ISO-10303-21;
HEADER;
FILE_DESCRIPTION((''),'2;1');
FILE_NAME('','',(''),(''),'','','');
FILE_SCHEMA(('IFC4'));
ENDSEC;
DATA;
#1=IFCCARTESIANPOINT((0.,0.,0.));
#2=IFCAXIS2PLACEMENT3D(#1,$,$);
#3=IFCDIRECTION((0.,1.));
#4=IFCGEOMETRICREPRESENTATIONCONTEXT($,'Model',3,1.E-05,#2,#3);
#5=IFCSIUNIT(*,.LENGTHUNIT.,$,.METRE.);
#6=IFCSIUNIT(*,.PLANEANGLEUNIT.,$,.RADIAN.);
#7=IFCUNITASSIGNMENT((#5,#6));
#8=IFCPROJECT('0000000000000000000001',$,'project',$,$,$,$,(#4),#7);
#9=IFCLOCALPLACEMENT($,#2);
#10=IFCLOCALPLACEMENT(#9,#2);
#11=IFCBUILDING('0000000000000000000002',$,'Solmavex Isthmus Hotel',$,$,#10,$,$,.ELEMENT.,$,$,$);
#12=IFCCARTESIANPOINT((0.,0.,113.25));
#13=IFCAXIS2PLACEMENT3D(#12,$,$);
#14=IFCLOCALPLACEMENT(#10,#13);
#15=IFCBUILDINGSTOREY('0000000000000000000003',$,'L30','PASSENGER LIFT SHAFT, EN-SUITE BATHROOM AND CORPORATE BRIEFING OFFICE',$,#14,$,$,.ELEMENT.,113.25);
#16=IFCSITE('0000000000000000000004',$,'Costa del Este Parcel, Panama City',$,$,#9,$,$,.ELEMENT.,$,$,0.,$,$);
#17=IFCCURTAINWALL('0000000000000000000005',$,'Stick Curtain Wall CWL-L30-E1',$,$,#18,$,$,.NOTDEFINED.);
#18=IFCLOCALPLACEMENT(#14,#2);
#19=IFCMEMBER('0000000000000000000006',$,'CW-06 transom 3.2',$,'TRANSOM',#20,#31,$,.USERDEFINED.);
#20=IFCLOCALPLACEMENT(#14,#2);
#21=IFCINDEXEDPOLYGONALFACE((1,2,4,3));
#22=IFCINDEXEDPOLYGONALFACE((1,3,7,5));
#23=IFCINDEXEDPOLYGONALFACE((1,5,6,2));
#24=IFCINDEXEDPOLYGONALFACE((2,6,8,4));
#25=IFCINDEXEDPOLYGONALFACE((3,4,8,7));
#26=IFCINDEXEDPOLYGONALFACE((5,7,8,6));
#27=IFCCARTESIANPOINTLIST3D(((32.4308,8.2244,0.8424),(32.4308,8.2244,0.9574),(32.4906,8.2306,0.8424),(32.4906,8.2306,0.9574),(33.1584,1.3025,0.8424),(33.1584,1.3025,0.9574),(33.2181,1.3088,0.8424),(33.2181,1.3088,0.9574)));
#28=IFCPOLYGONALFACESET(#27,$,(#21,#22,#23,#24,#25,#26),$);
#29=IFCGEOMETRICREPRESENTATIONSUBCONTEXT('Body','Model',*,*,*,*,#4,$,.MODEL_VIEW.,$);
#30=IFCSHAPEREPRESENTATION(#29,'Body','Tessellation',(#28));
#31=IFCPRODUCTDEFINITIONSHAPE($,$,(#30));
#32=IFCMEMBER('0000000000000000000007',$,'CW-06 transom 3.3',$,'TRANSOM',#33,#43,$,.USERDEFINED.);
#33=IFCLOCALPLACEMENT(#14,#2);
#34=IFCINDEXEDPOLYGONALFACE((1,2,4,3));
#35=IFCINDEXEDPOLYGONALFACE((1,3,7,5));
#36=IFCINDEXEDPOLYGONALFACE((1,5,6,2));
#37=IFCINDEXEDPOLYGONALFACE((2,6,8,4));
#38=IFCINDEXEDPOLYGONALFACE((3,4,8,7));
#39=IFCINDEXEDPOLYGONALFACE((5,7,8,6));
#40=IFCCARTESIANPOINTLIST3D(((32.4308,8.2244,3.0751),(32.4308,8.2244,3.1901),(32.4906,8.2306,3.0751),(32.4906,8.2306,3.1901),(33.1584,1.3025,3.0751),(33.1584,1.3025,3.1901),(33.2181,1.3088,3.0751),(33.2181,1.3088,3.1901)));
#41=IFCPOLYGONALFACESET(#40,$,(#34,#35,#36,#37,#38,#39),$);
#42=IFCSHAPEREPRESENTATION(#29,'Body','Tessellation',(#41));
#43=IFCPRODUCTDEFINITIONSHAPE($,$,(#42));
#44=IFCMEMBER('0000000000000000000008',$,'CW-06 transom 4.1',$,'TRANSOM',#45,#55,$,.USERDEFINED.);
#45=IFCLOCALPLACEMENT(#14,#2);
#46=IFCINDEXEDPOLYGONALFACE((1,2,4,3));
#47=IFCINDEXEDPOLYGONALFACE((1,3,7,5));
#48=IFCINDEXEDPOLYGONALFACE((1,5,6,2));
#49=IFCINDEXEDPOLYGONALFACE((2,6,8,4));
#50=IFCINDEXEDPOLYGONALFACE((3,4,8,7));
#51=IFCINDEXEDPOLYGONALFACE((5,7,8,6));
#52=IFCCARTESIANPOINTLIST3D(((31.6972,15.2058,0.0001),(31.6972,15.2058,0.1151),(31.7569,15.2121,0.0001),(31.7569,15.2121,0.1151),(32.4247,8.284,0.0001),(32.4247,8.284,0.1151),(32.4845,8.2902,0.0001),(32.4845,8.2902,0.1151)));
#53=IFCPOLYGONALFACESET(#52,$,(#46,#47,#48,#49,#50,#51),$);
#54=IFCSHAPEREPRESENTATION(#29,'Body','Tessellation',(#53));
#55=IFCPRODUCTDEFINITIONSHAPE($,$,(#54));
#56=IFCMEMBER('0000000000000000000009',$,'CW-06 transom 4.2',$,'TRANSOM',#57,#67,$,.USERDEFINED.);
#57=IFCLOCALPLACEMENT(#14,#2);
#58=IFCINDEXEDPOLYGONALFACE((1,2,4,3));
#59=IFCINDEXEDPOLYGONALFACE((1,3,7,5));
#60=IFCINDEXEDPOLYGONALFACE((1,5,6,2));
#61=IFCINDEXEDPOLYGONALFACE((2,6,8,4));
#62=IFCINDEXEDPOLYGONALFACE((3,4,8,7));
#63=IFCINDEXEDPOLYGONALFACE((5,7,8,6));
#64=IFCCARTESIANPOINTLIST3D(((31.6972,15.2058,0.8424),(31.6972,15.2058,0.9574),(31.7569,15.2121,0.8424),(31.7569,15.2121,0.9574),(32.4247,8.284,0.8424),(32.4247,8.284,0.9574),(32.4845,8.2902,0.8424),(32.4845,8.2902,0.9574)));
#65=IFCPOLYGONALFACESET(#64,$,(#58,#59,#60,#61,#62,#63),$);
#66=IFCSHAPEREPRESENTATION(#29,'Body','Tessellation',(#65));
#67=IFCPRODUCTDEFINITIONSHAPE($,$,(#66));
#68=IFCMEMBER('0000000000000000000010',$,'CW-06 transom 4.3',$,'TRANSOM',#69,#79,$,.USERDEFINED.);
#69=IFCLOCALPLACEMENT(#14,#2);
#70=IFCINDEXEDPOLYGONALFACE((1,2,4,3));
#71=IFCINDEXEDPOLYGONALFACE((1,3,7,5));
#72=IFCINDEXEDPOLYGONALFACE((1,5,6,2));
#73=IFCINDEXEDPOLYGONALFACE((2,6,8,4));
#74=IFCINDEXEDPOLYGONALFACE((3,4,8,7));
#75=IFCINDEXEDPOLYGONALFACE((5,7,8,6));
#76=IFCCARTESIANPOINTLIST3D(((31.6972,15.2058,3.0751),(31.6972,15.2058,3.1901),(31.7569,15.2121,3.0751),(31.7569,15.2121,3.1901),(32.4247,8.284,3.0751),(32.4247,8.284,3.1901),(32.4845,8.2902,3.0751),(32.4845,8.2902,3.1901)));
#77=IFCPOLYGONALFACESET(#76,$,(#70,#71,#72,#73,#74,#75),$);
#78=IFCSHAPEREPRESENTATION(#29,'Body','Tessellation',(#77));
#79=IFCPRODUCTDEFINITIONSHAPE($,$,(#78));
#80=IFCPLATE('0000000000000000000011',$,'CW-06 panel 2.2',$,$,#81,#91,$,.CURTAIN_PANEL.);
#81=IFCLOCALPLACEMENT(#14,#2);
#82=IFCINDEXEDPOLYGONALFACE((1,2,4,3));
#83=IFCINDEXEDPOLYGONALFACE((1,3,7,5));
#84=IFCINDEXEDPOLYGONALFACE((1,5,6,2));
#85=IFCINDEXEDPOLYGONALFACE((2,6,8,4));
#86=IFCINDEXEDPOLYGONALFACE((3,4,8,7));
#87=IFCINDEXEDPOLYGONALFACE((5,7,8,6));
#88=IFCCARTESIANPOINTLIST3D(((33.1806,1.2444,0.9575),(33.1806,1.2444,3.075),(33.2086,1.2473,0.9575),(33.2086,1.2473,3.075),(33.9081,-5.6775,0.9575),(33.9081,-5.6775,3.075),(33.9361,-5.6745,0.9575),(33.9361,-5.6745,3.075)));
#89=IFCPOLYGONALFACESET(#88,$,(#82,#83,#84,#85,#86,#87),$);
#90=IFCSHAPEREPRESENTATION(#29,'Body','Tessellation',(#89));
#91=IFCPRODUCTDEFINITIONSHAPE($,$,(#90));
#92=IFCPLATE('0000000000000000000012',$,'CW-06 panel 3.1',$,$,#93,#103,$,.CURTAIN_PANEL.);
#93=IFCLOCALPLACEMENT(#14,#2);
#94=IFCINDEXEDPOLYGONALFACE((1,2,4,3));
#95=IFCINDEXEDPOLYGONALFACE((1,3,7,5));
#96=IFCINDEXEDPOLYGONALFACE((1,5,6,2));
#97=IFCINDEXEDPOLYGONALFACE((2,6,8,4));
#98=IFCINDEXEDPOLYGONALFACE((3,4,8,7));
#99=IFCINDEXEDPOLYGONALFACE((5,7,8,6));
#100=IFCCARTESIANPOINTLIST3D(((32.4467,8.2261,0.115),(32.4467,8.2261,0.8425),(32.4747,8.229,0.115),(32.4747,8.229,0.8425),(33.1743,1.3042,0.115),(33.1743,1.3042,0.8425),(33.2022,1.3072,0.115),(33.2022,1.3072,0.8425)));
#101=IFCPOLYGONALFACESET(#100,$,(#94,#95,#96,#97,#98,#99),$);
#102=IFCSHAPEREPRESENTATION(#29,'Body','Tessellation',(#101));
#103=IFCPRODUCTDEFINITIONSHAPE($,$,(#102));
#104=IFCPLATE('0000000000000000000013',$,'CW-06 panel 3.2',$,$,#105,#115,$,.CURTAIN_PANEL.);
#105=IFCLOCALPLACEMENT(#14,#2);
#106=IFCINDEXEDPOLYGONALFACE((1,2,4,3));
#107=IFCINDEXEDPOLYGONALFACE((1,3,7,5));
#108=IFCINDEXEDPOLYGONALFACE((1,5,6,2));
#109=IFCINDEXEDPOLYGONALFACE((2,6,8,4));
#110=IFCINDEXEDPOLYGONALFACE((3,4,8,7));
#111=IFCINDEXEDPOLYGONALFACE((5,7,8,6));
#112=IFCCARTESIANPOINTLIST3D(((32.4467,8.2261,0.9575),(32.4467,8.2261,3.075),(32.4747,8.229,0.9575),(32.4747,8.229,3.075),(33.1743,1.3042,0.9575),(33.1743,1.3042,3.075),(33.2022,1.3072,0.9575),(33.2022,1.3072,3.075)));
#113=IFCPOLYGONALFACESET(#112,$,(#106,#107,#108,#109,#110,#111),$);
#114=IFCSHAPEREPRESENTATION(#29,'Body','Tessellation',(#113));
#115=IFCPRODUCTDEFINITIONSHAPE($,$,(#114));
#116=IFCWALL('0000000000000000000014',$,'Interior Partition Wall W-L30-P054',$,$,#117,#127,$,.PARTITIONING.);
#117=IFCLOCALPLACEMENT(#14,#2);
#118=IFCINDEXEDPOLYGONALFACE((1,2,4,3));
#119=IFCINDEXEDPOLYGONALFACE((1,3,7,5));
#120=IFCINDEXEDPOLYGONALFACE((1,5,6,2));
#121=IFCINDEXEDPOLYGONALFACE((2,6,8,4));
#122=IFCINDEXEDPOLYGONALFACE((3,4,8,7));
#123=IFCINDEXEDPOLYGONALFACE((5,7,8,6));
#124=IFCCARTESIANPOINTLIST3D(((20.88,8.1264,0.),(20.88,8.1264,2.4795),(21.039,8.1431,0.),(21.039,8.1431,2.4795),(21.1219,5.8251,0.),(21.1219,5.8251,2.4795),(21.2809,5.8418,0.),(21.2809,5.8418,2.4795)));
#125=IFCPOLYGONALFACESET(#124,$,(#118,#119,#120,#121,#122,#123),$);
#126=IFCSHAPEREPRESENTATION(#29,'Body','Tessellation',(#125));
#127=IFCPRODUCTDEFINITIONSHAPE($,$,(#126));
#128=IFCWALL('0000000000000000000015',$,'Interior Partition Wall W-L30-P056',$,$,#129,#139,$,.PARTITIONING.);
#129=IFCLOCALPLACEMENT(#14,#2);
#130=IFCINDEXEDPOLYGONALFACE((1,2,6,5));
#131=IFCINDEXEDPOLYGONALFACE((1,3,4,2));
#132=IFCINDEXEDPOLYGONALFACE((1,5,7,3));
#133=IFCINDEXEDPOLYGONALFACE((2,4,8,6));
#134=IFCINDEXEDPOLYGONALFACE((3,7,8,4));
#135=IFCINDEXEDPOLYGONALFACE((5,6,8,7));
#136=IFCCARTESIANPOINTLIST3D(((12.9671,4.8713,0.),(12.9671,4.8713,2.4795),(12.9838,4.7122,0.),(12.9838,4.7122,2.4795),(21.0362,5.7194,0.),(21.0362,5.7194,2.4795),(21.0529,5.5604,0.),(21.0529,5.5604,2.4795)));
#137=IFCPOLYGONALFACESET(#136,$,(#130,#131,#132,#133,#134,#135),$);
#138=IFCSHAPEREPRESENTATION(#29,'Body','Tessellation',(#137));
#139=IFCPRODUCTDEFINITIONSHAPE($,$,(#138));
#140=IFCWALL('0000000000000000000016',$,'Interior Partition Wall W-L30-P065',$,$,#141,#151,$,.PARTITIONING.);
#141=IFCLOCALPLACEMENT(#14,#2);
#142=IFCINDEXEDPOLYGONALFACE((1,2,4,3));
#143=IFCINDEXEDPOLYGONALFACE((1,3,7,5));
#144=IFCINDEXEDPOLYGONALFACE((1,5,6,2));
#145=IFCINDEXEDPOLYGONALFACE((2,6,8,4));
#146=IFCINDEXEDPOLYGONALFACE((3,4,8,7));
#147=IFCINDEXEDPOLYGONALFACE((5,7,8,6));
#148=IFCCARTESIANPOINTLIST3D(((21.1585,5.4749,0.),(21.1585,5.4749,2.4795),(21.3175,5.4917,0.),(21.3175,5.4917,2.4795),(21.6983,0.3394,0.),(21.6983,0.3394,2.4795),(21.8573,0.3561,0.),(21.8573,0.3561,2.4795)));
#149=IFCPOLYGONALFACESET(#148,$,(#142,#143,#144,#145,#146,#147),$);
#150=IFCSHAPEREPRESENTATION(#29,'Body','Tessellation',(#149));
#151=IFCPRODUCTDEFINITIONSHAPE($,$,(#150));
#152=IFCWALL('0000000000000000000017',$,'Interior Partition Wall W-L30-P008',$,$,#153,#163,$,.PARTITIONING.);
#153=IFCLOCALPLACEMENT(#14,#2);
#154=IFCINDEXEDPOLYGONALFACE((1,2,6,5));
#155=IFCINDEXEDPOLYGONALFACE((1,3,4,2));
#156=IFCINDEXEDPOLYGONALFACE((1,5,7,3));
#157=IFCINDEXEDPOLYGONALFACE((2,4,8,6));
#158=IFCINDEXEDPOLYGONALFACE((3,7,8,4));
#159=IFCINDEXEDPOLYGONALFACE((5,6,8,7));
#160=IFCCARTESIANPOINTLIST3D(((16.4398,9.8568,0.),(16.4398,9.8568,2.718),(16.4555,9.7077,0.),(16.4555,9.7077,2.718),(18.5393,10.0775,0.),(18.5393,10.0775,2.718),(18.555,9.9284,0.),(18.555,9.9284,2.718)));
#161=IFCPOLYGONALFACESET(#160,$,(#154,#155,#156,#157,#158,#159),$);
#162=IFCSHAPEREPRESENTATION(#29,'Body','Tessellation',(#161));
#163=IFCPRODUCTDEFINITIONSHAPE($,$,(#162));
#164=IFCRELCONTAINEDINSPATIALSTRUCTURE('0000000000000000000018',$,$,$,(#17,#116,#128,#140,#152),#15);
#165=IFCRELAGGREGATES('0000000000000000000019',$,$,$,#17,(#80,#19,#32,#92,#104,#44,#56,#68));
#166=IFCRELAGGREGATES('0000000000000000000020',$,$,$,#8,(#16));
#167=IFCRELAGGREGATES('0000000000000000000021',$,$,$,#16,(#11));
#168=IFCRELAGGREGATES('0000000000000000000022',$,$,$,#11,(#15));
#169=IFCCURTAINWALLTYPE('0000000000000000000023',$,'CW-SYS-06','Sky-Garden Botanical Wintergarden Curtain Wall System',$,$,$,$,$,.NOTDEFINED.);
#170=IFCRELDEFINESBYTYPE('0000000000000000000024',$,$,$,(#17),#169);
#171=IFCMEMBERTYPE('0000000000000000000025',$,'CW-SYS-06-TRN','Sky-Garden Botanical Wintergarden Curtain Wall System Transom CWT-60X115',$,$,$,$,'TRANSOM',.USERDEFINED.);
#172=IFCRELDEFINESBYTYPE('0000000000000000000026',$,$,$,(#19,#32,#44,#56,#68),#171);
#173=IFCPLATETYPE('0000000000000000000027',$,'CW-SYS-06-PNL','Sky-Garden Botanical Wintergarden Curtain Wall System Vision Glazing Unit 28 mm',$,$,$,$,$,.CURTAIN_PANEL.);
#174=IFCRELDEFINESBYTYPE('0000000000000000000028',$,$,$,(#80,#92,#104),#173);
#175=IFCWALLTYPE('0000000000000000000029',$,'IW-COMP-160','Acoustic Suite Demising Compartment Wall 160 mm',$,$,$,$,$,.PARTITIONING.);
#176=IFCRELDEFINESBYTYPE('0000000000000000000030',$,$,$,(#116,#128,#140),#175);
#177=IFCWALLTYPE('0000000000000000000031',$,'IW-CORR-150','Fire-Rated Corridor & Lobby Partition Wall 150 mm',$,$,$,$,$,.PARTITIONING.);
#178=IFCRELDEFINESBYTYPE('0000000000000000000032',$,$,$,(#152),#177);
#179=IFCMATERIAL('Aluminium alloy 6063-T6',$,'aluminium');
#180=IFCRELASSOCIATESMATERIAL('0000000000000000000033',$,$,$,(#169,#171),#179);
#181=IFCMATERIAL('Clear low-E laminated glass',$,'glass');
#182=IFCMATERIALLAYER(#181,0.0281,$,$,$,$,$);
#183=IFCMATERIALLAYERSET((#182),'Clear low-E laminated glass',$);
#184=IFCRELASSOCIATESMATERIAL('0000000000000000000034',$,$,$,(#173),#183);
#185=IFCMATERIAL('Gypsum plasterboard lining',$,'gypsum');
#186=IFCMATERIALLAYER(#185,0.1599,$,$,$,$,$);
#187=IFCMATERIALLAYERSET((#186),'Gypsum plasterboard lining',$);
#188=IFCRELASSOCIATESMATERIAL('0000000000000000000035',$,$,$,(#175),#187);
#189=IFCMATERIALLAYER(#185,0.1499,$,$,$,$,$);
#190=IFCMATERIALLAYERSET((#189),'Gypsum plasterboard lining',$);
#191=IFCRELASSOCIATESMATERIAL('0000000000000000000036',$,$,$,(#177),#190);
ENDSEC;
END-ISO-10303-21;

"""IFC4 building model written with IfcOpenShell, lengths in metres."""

from ifc_helpers import new_model, si_unit, direction, frame, frame_2d, origin, origin_2d, place, context, subcontext, project, spatial, rectangle, extrude, material, layer, layer_set, material_profile, profile_set, type_object, element, aggregate, save


model = new_model("IFC4")

# Units and contexts
model_context = context("Model", 3, precision=1e-05, world=origin(), true_north=direction((0.0, 1.0)))
body_context = subcontext(model_context, "Body", "Model", "MODEL_VIEW")
ifc_project = project(units=[si_unit("LENGTHUNIT", "METRE"), si_unit("PLANEANGLEUNIT", "RADIAN")], contexts=[model_context])

# Site, building, storey
site_placement = place(None, origin())
site = spatial("IfcSite", under=ifc_project, at=site_placement, Name="Costa del Este Parcel, Panama City", CompositionType="ELEMENT", RefElevation=0.0)
building_placement = place(site_placement, origin())
building = spatial("IfcBuilding", under=site, at=building_placement, Name="Solmavex Isthmus Hotel", CompositionType="ELEMENT")
storey_placement = place(building_placement, frame((0.0, 0.0, 113.25)))
storey = spatial("IfcBuildingStorey", under=building, at=storey_placement, Name="L30", Description="PASSENGER LIFT SHAFT, EN-SUITE BATHROOM AND CORPORATE BRIEFING OFFICE", CompositionType="ELEMENT", Elevation=113.25)

# Curtain wall, members, plates
ifc_material_1 = material(Name="Aluminium alloy 6063-T6", Category="aluminium")
curtain_wall_type = type_object("IfcCurtainWallType", Name="CW-SYS-06", Description="Sky-Garden Botanical Wintergarden Curtain Wall System", PredefinedType="NOTDEFINED", material=ifc_material_1)
curtain_wall_placement = place(storey_placement, origin())
curtain_wall = element("IfcCurtainWall", 1, at=curtain_wall_placement, inside=storey, type_object=curtain_wall_type, Name="Stick Curtain Wall CWL-L30-E1", PredefinedType="NOTDEFINED")
ifc_material_profile_1 = material_profile(ifc_material_1, rectangle(XDim=0.0601, YDim=0.115, at=origin_2d()), Name="CWT-60X115")
ifc_profile_set_1 = profile_set([ifc_material_profile_1], Name="Aluminium alloy 6063-T6")
member_type_1 = type_object("IfcMemberType", Name="CW-SYS-06-TRN", Description="Sky-Garden Botanical Wintergarden Curtain Wall System Transom CWT-60X115", ElementType="TRANSOM", PredefinedType="USERDEFINED", material=ifc_profile_set_1)
member_1_placement = place(storey_placement, frame((33.1882, 1.3057, 0.8999), z_axis=(-0.104531, 0.994522, 0.0), x_axis=(-0.994522, -0.104531, 0.0)))
member_1 = element("IfcMember", 2, at=member_1_placement, type_object=member_type_1, Name="CW-06 transom 3.2", ObjectType="TRANSOM", PredefinedType="USERDEFINED", context=body_context, shape_type="SweptSolid", body=[
    extrude(rectangle(XDim=0.0601, YDim=0.115, at=origin_2d()), origin(), (0.0, 0.0, 1.0), 6.96),
])
member_2_placement = place(storey_placement, frame((33.1882, 1.3057, 3.1326), z_axis=(-0.104531, 0.994522, 0.0), x_axis=(-0.994522, -0.104531, 0.0)))
member_2 = element("IfcMember", 3, at=member_2_placement, type_object=member_type_1, Name="CW-06 transom 3.3", ObjectType="TRANSOM", PredefinedType="USERDEFINED", context=body_context, shape_type="SweptSolid", body=[
    extrude(rectangle(XDim=0.0601, YDim=0.115, at=origin_2d()), origin(), (0.0, 0.0, 1.0), 6.96),
])
member_3_placement = place(storey_placement, frame((32.4546, 8.2871, 0.0576), z_axis=(-0.104531, 0.994522, 0.0), x_axis=(-0.994522, -0.104531, 0.0)))
member_3 = element("IfcMember", 4, at=member_3_placement, type_object=member_type_1, Name="CW-06 transom 4.1", ObjectType="TRANSOM", PredefinedType="USERDEFINED", context=body_context, shape_type="SweptSolid", body=[
    extrude(rectangle(XDim=0.0601, YDim=0.115, at=origin_2d()), origin(), (0.0, 0.0, 1.0), 6.96),
])
member_4_placement = place(storey_placement, frame((32.4546, 8.2871, 0.8999), z_axis=(-0.104531, 0.994522, 0.0), x_axis=(-0.994522, -0.104531, 0.0)))
member_4 = element("IfcMember", 5, at=member_4_placement, type_object=member_type_1, Name="CW-06 transom 4.2", ObjectType="TRANSOM", PredefinedType="USERDEFINED", context=body_context, shape_type="SweptSolid", body=[
    extrude(rectangle(XDim=0.0601, YDim=0.115, at=origin_2d()), origin(), (0.0, 0.0, 1.0), 6.96),
])
member_5_placement = place(storey_placement, frame((32.4546, 8.2871, 3.1326), z_axis=(-0.104531, 0.994522, 0.0), x_axis=(-0.994522, -0.104531, 0.0)))
member_5 = element("IfcMember", 6, at=member_5_placement, type_object=member_type_1, Name="CW-06 transom 4.3", ObjectType="TRANSOM", PredefinedType="USERDEFINED", context=body_context, shape_type="SweptSolid", body=[
    extrude(rectangle(XDim=0.0601, YDim=0.115, at=origin_2d()), origin(), (0.0, 0.0, 1.0), 6.96),
])
ifc_material_2 = material(Name="Clear low-E laminated glass", Category="glass")
ifc_layer_1 = layer(ifc_material_2, 0.0281)
ifc_layer_set_1 = layer_set([ifc_layer_1], Name="Clear low-E laminated glass")
plate_type = type_object("IfcPlateType", Name="CW-SYS-06-PNL", Description="Sky-Garden Botanical Wintergarden Curtain Wall System Vision Glazing Unit 28 mm", PredefinedType="CURTAIN_PANEL", material=ifc_layer_set_1)
plate_1_placement = place(storey_placement, frame((33.5583, -2.2151, 0.9575), z_axis=(0.0, 0.0, 1.0), x_axis=(-0.104528, 0.994522, 0.0)))
plate_1 = element("IfcPlate", 7, at=plate_1_placement, type_object=plate_type, Name="CW-06 panel 2.2", PredefinedType="CURTAIN_PANEL", context=body_context, shape_type="SweptSolid", body=[
    extrude(rectangle(XDim=6.96, YDim=0.0281, at=origin_2d()), origin(), (0.0, 0.0, 1.0), 2.1174),
])
plate_2_placement = place(storey_placement, frame((32.8245, 4.7666, 0.115), z_axis=(0.0, 0.0, 1.0), x_axis=(-0.104528, 0.994522, 0.0)))
plate_2 = element("IfcPlate", 8, at=plate_2_placement, type_object=plate_type, Name="CW-06 panel 3.1", PredefinedType="CURTAIN_PANEL", context=body_context, shape_type="SweptSolid", body=[
    extrude(rectangle(XDim=6.96, YDim=0.0281, at=origin_2d()), origin(), (0.0, 0.0, 1.0), 0.7275),
])
plate_3_placement = place(storey_placement, frame((32.8245, 4.7666, 0.9575), z_axis=(0.0, 0.0, 1.0), x_axis=(-0.104528, 0.994522, 0.0)))
plate_3 = element("IfcPlate", 9, at=plate_3_placement, type_object=plate_type, Name="CW-06 panel 3.2", PredefinedType="CURTAIN_PANEL", context=body_context, shape_type="SweptSolid", body=[
    extrude(rectangle(XDim=6.96, YDim=0.0281, at=origin_2d()), origin(), (0.0, 0.0, 1.0), 2.1174),
])
aggregate(curtain_wall, [plate_1, member_1, member_2, plate_2, plate_3, member_3, member_4, member_5])

# Walls
ifc_material_3 = material(Name="Gypsum plasterboard lining", Category="gypsum")
ifc_layer_2 = layer(ifc_material_3, 0.1599)
ifc_layer_set_2 = layer_set([ifc_layer_2], Name="Gypsum plasterboard lining")
wall_type_1 = type_object("IfcWallType", Name="IW-COMP-160", Description="Acoustic Suite Demising Compartment Wall 160 mm", PredefinedType="PARTITIONING", material=ifc_layer_set_2)
wall_1_placement = place(storey_placement, frame((20.9595, 8.1348, 0.0), z_axis=(0.0, 0.0, 1.0), x_axis=(0.104558, -0.994519, 0.0)))
element("IfcWall", 10, at=wall_1_placement, inside=storey, type_object=wall_type_1, Name="Interior Partition Wall W-L30-P054", PredefinedType="PARTITIONING", context=body_context, shape_type="SweptSolid", body=[
    extrude(rectangle(XDim=2.314, YDim=0.1599, at=frame_2d((1.157, 0.0))), origin(), (0.0, 0.0, 1.0), 2.4795),
])
wall_2_placement = place(storey_placement, frame((21.0444, 5.6399, 0.0), z_axis=(0.0, 0.0, 1.0), x_axis=(-0.994521, -0.104534, 0.0)))
element("IfcWall", 11, at=wall_2_placement, inside=storey, type_object=wall_type_1, Name="Interior Partition Wall W-L30-P056", PredefinedType="PARTITIONING", context=body_context, shape_type="SweptSolid", body=[
    extrude(rectangle(XDim=8.1135, YDim=0.1599, at=frame_2d((4.0566, 0.0))), origin(), (0.0, 0.0, 1.0), 2.4795),
])
wall_3_placement = place(storey_placement, frame((21.7778, 0.3477, 0.0), z_axis=(0.0, 0.0, 1.0), x_axis=(-0.104535, 0.994521, 0.0)))
element("IfcWall", 12, at=wall_3_placement, inside=storey, type_object=wall_type_1, Name="Interior Partition Wall W-L30-P065", PredefinedType="PARTITIONING", context=body_context, shape_type="SweptSolid", body=[
    extrude(rectangle(XDim=5.1638, YDim=0.1599, at=frame_2d((2.582, 0.0))), origin(), (0.0, 0.0, 1.0), 2.4795),
])
ifc_layer_3 = layer(ifc_material_3, 0.1499)
ifc_layer_set_3 = layer_set([ifc_layer_3], Name="Gypsum plasterboard lining")
wall_type_2 = type_object("IfcWallType", Name="IW-CORR-150", Description="Fire-Rated Corridor & Lobby Partition Wall 150 mm", PredefinedType="PARTITIONING", material=ifc_layer_set_3)
wall_4_placement = place(storey_placement, frame((16.4475, 9.7822, 0.0), z_axis=(0.0, 0.0, 1.0), x_axis=(0.994521, 0.10454, 0.0)))
element("IfcWall", 13, at=wall_4_placement, inside=storey, type_object=wall_type_2, Name="Interior Partition Wall W-L30-P008", PredefinedType="PARTITIONING", context=body_context, shape_type="SweptSolid", body=[
    extrude(rectangle(XDim=2.1111, YDim=0.1499, at=frame_2d((1.0557, 0.0))), origin(), (0.0, 0.0, 1.0), 2.718),
])

save(model, "model.ifc")
